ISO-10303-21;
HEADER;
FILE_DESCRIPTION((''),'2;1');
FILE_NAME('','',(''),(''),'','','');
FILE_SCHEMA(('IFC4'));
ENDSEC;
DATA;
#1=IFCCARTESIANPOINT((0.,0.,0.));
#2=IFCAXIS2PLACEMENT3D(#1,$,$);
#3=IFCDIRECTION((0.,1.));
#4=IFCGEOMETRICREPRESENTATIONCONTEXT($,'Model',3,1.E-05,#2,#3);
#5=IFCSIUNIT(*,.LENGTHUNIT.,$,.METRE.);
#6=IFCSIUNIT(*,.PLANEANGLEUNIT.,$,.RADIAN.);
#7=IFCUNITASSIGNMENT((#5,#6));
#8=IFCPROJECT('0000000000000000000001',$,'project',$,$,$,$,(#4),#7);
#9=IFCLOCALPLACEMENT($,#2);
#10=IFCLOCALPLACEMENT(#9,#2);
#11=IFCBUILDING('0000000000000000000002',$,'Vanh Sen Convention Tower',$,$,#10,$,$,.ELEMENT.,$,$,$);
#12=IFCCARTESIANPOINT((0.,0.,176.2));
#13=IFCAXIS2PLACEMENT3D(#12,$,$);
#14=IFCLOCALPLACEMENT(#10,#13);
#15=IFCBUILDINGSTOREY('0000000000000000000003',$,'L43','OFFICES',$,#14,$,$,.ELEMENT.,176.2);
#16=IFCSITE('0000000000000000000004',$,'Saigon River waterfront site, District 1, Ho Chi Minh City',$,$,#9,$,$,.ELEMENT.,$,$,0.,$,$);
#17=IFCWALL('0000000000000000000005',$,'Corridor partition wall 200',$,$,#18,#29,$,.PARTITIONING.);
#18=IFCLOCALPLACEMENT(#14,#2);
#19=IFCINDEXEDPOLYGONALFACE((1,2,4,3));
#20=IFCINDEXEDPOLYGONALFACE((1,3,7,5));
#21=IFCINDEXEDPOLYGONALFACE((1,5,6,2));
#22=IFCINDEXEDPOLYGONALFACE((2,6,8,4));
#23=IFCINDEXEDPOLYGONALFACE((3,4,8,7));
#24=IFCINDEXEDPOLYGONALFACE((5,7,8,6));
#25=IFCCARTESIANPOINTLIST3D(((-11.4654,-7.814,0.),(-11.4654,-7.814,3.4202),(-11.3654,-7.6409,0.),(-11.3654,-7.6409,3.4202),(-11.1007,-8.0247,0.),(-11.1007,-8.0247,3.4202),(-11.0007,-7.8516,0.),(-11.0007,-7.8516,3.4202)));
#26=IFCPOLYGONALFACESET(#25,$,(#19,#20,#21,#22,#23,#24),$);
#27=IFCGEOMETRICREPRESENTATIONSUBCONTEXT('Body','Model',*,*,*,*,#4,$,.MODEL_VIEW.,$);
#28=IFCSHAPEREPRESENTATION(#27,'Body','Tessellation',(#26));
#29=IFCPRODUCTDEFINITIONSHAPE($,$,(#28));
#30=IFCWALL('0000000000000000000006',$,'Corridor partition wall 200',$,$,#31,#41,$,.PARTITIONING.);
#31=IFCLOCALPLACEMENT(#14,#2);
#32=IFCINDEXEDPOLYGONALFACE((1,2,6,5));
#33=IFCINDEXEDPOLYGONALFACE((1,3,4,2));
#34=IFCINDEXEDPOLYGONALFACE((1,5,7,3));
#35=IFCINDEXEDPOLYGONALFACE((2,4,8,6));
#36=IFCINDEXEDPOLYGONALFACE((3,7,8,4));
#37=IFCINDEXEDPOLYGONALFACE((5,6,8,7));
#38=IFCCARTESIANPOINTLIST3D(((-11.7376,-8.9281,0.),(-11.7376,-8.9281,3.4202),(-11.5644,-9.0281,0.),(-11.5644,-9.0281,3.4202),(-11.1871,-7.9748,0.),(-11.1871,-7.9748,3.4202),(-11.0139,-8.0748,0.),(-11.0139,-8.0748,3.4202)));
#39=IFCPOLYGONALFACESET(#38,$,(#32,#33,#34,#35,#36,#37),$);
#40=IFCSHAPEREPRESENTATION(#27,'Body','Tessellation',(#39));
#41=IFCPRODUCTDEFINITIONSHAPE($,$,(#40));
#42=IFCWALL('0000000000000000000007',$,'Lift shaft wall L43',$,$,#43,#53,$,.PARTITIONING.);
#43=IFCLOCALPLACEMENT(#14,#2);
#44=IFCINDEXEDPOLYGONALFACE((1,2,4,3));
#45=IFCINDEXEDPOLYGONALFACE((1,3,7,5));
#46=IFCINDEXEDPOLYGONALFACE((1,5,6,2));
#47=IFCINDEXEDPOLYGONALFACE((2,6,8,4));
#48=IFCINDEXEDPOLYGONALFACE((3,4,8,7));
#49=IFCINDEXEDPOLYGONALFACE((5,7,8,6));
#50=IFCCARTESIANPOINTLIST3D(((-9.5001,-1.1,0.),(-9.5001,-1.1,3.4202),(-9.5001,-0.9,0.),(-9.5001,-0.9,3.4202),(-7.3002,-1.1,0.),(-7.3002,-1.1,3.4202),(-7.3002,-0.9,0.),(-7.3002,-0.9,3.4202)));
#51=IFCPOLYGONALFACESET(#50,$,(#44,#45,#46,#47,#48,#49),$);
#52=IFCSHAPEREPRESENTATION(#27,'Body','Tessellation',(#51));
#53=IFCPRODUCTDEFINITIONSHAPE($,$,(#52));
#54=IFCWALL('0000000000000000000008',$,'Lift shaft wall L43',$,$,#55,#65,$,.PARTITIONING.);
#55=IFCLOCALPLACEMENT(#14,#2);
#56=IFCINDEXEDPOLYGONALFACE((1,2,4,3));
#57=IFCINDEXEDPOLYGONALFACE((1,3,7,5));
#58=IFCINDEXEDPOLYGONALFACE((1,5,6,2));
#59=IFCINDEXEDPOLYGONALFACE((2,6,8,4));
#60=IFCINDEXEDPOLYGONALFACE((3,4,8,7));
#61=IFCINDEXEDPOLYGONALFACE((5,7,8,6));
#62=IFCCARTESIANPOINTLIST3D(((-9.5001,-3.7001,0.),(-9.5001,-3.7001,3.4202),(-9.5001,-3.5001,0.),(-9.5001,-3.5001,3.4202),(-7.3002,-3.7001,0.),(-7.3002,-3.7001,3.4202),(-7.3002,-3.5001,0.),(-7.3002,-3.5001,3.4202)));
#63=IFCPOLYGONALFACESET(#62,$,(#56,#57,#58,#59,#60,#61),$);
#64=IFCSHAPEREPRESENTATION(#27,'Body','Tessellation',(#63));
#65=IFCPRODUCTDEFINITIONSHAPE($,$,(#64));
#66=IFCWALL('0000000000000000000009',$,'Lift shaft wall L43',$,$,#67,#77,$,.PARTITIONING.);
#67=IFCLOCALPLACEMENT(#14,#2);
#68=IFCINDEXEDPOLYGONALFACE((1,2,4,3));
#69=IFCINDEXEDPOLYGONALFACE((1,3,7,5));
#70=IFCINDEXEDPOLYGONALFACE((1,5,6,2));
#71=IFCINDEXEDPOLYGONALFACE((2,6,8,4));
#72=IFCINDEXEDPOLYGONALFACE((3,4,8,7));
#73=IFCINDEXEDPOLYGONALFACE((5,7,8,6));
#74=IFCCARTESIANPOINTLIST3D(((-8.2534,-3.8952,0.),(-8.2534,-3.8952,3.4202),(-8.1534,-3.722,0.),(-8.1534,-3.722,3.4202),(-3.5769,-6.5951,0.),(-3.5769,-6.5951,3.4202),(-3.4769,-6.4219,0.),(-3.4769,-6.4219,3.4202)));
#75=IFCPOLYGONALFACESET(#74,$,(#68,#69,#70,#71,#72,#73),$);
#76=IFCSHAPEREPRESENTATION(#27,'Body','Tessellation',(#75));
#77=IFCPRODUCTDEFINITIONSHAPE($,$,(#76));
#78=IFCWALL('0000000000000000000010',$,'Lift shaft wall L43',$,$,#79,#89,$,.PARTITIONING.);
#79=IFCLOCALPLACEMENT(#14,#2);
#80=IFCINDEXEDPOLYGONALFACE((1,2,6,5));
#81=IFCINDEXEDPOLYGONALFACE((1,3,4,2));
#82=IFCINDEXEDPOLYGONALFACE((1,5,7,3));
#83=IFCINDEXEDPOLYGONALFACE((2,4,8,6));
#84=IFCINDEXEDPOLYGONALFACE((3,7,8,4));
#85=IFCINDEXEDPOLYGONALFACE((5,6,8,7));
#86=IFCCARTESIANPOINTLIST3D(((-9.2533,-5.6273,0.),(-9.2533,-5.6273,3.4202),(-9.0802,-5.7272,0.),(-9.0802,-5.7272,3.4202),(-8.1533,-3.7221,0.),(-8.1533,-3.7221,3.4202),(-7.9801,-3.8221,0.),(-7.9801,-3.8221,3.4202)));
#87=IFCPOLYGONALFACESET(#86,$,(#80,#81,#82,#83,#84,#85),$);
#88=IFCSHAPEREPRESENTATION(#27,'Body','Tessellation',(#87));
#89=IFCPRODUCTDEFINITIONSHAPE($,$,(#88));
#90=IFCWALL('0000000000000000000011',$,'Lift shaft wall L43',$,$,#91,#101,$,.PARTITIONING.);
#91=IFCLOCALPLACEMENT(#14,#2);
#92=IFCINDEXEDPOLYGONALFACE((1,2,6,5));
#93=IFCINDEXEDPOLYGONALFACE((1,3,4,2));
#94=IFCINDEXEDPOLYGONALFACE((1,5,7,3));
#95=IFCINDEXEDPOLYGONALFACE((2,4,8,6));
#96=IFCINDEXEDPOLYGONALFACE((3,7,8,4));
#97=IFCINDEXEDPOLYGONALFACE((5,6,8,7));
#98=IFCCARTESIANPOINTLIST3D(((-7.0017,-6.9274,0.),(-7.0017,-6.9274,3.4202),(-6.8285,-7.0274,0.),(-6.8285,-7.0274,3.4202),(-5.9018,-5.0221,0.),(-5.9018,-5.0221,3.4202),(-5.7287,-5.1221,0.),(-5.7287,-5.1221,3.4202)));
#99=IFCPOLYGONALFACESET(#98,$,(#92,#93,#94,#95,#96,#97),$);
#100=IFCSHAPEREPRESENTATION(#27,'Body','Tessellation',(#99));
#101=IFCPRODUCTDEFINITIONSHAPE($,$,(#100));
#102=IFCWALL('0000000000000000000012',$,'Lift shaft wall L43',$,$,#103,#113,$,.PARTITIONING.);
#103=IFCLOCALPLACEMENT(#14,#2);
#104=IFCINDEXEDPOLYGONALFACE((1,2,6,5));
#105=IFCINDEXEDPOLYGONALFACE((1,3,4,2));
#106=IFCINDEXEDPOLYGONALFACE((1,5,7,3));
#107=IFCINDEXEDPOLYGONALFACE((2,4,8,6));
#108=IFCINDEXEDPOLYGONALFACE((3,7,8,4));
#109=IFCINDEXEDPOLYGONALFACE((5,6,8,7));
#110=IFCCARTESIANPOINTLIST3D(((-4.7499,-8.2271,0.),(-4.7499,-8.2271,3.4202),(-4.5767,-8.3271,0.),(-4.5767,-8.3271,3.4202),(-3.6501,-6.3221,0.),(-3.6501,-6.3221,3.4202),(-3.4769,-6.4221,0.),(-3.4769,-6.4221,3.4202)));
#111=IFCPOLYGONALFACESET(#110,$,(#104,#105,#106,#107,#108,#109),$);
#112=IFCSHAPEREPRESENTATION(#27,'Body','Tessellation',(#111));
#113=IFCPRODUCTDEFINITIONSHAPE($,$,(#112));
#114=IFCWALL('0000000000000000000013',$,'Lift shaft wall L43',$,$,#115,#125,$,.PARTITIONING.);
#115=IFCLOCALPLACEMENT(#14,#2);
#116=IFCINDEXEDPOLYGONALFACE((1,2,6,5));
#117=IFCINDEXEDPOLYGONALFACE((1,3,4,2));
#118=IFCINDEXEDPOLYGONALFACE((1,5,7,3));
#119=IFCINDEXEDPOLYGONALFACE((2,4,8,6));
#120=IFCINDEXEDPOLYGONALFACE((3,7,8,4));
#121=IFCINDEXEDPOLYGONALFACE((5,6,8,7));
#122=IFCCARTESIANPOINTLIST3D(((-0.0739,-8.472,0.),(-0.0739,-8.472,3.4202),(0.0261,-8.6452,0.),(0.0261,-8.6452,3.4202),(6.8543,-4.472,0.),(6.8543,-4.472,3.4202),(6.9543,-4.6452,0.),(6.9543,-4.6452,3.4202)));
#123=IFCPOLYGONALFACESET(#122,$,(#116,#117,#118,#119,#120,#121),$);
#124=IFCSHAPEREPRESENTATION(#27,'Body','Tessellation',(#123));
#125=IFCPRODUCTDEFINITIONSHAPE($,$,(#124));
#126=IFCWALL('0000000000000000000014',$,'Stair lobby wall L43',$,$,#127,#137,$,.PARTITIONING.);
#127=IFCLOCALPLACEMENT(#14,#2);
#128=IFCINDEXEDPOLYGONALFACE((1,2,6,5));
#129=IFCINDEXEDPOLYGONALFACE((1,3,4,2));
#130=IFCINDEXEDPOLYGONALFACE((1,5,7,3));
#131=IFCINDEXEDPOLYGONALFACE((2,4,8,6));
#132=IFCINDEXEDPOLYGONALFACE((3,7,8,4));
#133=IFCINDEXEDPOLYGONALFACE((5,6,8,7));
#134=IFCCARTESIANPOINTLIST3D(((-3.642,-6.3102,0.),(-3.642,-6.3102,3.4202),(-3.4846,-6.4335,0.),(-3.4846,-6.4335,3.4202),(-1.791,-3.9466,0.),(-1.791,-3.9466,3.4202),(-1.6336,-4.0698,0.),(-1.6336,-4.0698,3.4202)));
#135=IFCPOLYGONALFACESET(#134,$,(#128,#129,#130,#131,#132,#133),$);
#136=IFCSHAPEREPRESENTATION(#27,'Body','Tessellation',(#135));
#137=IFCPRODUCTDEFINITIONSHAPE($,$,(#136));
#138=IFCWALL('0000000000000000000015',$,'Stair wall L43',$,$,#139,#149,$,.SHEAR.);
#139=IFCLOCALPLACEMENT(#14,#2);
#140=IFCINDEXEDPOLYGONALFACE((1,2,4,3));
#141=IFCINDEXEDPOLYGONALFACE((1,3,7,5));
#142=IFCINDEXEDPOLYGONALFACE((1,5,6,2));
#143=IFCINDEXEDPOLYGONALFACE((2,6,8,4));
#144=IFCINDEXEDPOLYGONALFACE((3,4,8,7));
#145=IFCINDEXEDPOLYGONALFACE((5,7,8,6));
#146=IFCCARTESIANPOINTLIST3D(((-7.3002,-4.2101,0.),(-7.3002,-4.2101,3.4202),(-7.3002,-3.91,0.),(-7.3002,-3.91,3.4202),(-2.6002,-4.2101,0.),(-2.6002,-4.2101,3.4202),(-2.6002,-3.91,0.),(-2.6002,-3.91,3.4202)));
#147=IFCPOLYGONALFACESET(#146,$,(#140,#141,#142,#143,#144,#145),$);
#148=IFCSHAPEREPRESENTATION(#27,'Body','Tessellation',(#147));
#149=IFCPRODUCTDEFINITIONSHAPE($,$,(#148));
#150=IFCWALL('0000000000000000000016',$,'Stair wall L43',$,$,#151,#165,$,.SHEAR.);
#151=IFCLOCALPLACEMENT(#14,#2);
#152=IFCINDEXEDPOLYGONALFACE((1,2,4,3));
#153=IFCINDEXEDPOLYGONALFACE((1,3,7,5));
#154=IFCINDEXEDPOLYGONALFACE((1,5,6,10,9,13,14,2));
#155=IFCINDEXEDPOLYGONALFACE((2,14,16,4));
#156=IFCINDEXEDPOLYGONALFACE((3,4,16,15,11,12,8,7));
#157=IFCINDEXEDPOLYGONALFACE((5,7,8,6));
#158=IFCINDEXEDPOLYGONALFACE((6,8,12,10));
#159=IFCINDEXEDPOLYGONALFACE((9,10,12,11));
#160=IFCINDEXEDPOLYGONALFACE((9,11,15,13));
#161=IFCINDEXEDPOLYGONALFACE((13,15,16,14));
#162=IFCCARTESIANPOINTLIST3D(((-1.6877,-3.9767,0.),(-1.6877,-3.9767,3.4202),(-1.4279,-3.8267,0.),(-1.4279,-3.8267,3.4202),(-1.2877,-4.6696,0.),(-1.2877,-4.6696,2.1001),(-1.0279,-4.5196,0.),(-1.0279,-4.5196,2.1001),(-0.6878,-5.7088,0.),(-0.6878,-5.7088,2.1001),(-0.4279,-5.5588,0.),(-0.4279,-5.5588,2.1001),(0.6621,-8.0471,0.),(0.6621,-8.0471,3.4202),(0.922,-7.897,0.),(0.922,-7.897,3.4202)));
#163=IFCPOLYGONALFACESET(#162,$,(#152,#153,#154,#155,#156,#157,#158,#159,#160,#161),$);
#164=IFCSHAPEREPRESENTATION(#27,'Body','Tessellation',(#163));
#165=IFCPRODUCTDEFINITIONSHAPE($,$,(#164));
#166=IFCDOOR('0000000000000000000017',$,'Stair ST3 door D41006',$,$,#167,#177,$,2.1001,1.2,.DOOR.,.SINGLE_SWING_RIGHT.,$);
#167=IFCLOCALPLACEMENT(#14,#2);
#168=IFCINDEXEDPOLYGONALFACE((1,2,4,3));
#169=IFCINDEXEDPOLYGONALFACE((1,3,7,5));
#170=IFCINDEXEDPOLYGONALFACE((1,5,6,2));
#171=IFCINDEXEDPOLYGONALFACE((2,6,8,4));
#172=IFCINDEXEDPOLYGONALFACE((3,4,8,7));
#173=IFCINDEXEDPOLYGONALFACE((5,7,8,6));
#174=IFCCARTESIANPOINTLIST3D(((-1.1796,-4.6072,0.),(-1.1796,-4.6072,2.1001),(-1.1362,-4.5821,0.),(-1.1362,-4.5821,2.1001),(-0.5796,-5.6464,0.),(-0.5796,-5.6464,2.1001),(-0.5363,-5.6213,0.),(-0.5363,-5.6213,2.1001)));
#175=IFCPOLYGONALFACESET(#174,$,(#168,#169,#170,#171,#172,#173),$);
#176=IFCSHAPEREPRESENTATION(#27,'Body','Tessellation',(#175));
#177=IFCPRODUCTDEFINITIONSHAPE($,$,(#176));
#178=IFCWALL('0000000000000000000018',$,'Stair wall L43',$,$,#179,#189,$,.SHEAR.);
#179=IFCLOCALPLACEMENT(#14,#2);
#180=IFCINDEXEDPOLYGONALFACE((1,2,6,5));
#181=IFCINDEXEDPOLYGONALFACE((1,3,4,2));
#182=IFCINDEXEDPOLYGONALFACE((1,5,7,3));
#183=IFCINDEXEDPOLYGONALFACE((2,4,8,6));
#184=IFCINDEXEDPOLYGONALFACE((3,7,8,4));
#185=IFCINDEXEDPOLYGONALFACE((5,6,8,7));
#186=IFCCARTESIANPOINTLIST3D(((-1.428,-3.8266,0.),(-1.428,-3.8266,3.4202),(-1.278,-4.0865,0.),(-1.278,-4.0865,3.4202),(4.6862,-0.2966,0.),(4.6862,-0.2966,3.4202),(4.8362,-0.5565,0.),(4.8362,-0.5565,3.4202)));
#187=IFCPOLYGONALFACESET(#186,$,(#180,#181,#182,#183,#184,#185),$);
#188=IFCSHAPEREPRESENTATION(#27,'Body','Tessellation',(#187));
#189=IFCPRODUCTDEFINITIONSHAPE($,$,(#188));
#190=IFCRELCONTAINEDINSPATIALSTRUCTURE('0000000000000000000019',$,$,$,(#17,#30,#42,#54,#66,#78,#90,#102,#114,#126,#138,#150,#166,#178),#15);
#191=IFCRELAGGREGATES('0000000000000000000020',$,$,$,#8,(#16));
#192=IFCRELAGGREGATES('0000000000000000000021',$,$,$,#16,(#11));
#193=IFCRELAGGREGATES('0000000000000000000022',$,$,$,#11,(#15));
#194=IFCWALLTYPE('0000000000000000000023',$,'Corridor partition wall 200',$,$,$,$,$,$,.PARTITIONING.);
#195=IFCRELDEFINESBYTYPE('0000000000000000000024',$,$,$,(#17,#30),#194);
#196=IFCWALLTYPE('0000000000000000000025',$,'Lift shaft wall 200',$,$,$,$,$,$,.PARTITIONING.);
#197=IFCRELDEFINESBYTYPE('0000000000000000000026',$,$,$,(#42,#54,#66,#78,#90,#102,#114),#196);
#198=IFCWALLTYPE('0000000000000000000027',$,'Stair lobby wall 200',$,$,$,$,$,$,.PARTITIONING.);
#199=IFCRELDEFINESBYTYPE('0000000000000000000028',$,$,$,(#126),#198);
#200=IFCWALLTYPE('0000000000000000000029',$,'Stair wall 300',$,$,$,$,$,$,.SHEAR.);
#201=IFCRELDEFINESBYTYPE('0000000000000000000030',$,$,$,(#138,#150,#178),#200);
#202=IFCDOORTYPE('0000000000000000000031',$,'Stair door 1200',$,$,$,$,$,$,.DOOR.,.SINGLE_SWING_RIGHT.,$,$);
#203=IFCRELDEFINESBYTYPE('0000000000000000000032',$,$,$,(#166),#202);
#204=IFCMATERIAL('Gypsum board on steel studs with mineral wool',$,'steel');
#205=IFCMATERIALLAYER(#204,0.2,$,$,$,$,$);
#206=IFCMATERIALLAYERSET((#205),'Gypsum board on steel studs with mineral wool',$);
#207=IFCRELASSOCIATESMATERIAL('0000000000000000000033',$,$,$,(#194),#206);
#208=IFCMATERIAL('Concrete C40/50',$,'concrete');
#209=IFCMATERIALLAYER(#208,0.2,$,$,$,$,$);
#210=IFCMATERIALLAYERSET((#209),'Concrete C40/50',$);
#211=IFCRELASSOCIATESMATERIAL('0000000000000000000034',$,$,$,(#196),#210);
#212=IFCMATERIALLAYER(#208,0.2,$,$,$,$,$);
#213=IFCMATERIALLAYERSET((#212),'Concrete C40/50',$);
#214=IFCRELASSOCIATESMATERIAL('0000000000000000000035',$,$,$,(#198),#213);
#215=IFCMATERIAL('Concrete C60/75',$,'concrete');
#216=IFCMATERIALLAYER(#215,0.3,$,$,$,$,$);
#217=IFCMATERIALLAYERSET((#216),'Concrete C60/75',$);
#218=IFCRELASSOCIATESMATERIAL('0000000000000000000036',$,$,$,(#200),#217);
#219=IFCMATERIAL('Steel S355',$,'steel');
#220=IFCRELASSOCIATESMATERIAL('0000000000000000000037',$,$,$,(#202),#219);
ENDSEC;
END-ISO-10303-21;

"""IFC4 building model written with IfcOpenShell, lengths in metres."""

from ifc_helpers import new_model, si_unit, direction, frame, frame_2d, origin, place, context, subcontext, project, spatial, rectangle, extrude, material, layer, layer_set, type_object, element, fill, save


model = new_model("IFC4")

# Units and contexts
model_context = context("Model", 3, precision=1e-05, world=origin(), true_north=direction((0.0, 1.0)))
body_context = subcontext(model_context, "Body", "Model", "MODEL_VIEW")
ifc_project = project(units=[si_unit("LENGTHUNIT", "METRE"), si_unit("PLANEANGLEUNIT", "RADIAN")], contexts=[model_context])

# Site, building, storey
site_placement = place(None, origin())
site = spatial("IfcSite", under=ifc_project, at=site_placement, Name="Saigon River waterfront site, District 1, Ho Chi Minh City", CompositionType="ELEMENT", RefElevation=0.0)
building_placement = place(site_placement, origin())
building = spatial("IfcBuilding", under=site, at=building_placement, Name="Vanh Sen Convention Tower", CompositionType="ELEMENT")
storey_placement = place(building_placement, frame((0.0, 0.0, 176.2)))
storey = spatial("IfcBuildingStorey", under=building, at=storey_placement, Name="L43", Description="OFFICES", CompositionType="ELEMENT", Elevation=176.2)

# Shared definitions
ifc_material_1 = material(Name="Concrete C40/50", Category="concrete")

# Shared definitions
ifc_material_2 = material(Name="Steel S355", Category="steel")

# Walls
ifc_material_3 = material(Name="Gypsum board on steel studs with mineral wool", Category="steel")
ifc_layer_1 = layer(ifc_material_3, 0.2)
ifc_layer_set_1 = layer_set([ifc_layer_1], Name="Gypsum board on steel studs with mineral wool")
wall_type_1 = type_object("IfcWallType", Name="Corridor partition wall 200", PredefinedType="PARTITIONING", material=ifc_layer_set_1)
wall_1_placement = place(storey_placement, frame((-11.4153, -7.7275, 0.0), z_axis=(0.0, 0.0, 1.0), x_axis=(0.865915, -0.500191, 0.0)))
element("IfcWall", 1, at=wall_1_placement, inside=storey, type_object=wall_type_1, Name="Corridor partition wall 200", PredefinedType="PARTITIONING", context=body_context, shape_type="SweptSolid", body=[
    extrude(rectangle(XDim=0.4211, YDim=0.2, at=frame_2d((0.2104, 0.0))), origin(), (0.0, 0.0, 1.0), 3.4202),
])
wall_2_placement = place(storey_placement, frame((-11.1006, -8.0249, 0.0), z_axis=(0.0, 0.0, 1.0), x_axis=(-0.500074, -0.865982, 0.0)))
element("IfcWall", 2, at=wall_2_placement, inside=storey, type_object=wall_type_1, Name="Corridor partition wall 200", PredefinedType="PARTITIONING", context=body_context, shape_type="SweptSolid", body=[
    extrude(rectangle(XDim=1.1008, YDim=0.2, at=frame_2d((0.5503, 0.0))), origin(), (0.0, 0.0, 1.0), 3.4202),
])
ifc_layer_2 = layer(ifc_material_1, 0.2)
ifc_layer_set_2 = layer_set([ifc_layer_2], Name="Concrete C40/50")
wall_type_2 = type_object("IfcWallType", Name="Lift shaft wall 200", PredefinedType="PARTITIONING", material=ifc_layer_set_2)
for number, where, z_axis, x_axis, name in (
    (3, (-7.3, -1.0, 0.0), (0.0, 0.0, 1.0), (-1.0, 0.0, 0.0), "Lift shaft wall L43"),
    (4, (-7.3, -3.6001, 0.0), (0.0, 0.0, 1.0), (-1.0, 0.0, 0.0), "Lift shaft wall L43"),
):
    element("IfcWall", number, at=place(storey_placement, frame(where, z_axis=z_axis, x_axis=x_axis)), inside=storey, type_object=wall_type_2, Name=name, PredefinedType="PARTITIONING", context=body_context, shape_type="SweptSolid", body=[
        extrude(rectangle(XDim=2.2, YDim=0.2, at=frame_2d((1.1001, 0.0))), origin(), (0.0, 0.0, 1.0), 3.4202),
    ])
wall_3_placement = place(storey_placement, frame((-8.2034, -3.8086, 0.0), z_axis=(0.0, 0.0, 1.0), x_axis=(0.866028, -0.499995, 0.0)))
element("IfcWall", 5, at=wall_3_placement, inside=storey, type_object=wall_type_2, Name="Lift shaft wall L43", PredefinedType="PARTITIONING", context=body_context, shape_type="SweptSolid", body=[
    extrude(rectangle(XDim=5.3999, YDim=0.2, at=frame_2d((2.7, 0.0))), origin(), (0.0, 0.0, 1.0), 3.4202),
])
for number, where, z_axis, x_axis, name in (
    (6, (-8.0667, -3.772, 0.0), (0.0, 0.0, 1.0), (-0.50003, -0.866008, 0.0), "Lift shaft wall L43"),
    (7, (-5.8152, -5.072, 0.0), (0.0, 0.0, 1.0), (-0.499947, -0.866056, 0.0), "Lift shaft wall L43"),
):
    element("IfcWall", number, at=place(storey_placement, frame(where, z_axis=z_axis, x_axis=x_axis)), inside=storey, type_object=wall_type_2, Name=name, PredefinedType="PARTITIONING", context=body_context, shape_type="SweptSolid", body=[
        extrude(rectangle(XDim=2.2, YDim=0.2, at=frame_2d((1.1001, 0.0))), origin(), (0.0, 0.0, 1.0), 3.4202),
    ])
wall_4_placement = place(storey_placement, frame((-3.5635, -6.3721, 0.0), z_axis=(0.0, 0.0, 1.0), x_axis=(-0.499995, -0.866028, 0.0)))
element("IfcWall", 8, at=wall_4_placement, inside=storey, type_object=wall_type_2, Name="Lift shaft wall L43", PredefinedType="PARTITIONING", context=body_context, shape_type="SweptSolid", body=[
    extrude(rectangle(XDim=2.1997, YDim=0.2, at=frame_2d((1.0999, 0.0))), origin(), (0.0, 0.0, 1.0), 3.4202),
])
wall_5_placement = place(storey_placement, frame((-0.0239, -8.5586, 0.0), z_axis=(0.0, 0.0, 1.0), x_axis=(0.866026, 0.499999, 0.0)))
element("IfcWall", 9, at=wall_5_placement, inside=storey, type_object=wall_type_2, Name="Lift shaft wall L43", PredefinedType="PARTITIONING", context=body_context, shape_type="SweptSolid", body=[
    extrude(rectangle(XDim=8.0, YDim=0.2, at=frame_2d((4.0, 0.0))), origin(), (0.0, 0.0, 1.0), 3.4202),
])
ifc_layer_3 = layer(ifc_material_1, 0.2)
ifc_layer_set_3 = layer_set([ifc_layer_3], Name="Concrete C40/50")
wall_type_3 = type_object("IfcWallType", Name="Stair lobby wall 200", PredefinedType="PARTITIONING", material=ifc_layer_set_3)
wall_6_placement = place(storey_placement, frame((-1.7124, -4.0083, 0.0), z_axis=(0.0, 0.0, 1.0), x_axis=(-0.616549, -0.787316, 0.0)))
element("IfcWall", 10, at=wall_6_placement, inside=storey, type_object=wall_type_3, Name="Stair lobby wall L43", PredefinedType="PARTITIONING", context=body_context, shape_type="SweptSolid", body=[
    extrude(rectangle(XDim=3.0022, YDim=0.2, at=frame_2d((1.501, 0.0))), origin(), (0.0, 0.0, 1.0), 3.4202),
])
ifc_material_4 = material(Name="Concrete C60/75", Category="concrete")
ifc_layer_4 = layer(ifc_material_4, 0.3)
ifc_layer_set_4 = layer_set([ifc_layer_4], Name="Concrete C60/75")
wall_type_4 = type_object("IfcWallType", Name="Stair wall 300", PredefinedType="SHEAR", material=ifc_layer_set_4)
wall_7_placement = place(storey_placement, frame((-2.6001, -4.0601, 0.0), z_axis=(0.0, 0.0, 1.0), x_axis=(-1.0, 0.0, 0.0)))
element("IfcWall", 11, at=wall_7_placement, inside=storey, type_object=wall_type_4, Name="Stair wall L43", PredefinedType="SHEAR", context=body_context, shape_type="SweptSolid", body=[
    extrude(rectangle(XDim=4.7, YDim=0.3, at=frame_2d((2.3501, 0.0))), origin(), (0.0, 0.0, 1.0), 3.4202),
])

# Wall, opening, door
wall_8_placement = place(storey_placement, frame((-1.5579, -3.9016, 0.0), z_axis=(0.0, 0.0, 1.0), x_axis=(0.499977, -0.866039, 0.0)))
wall_8 = element("IfcWall", 12, at=wall_8_placement, inside=storey, type_object=wall_type_4, Name="Stair wall L43", PredefinedType="SHEAR", context=body_context, shape_type="SweptSolid", body=[
    extrude(rectangle(XDim=4.7, YDim=0.3, at=frame_2d((2.3501, 0.0))), origin(), (0.0, 0.0, 1.0), 3.4202),
])
opening_1_placement = place(wall_8_placement, frame((0.8, 0.0, 0.0)))
opening_1 = element("IfcOpeningElement", 13, at=opening_1_placement, cuts=wall_8, PredefinedType="OPENING", context=body_context, shape_type="SweptSolid", body=[
    extrude(rectangle(XDim=1.2, YDim=2.1001, at=frame_2d((0.6001, 1.05))), frame((0.0, 0.1599, 0.0), z_axis=(0.0, -1.0, 0.0), x_axis=(1.0, 0.0, 0.0)), (0.0, 0.0, 1.0), 0.3201),
])
door_type_1 = type_object("IfcDoorType", Name="Stair door 1200", OperationType="SINGLE_SWING_RIGHT", PredefinedType="DOOR", material=ifc_material_2)
door_1_placement = place(opening_1_placement, origin())
door_1 = element("IfcDoor", 14, at=door_1_placement, inside=storey, type_object=door_type_1, Name="Stair ST3 door D41006", OperationType="SINGLE_SWING_RIGHT", OverallHeight=2.1001, OverallWidth=1.2, PredefinedType="DOOR", context=body_context, shape_type="SweptSolid", body=[
    extrude(rectangle(XDim=1.2, YDim=2.1001, at=frame_2d((0.6001, 1.05))), frame((0.0, 0.0249, 0.0), z_axis=(0.0, -1.0, 0.0), x_axis=(1.0, 0.0, 0.0)), (0.0, 0.0, 1.0), 0.05),
])
fill(opening_1, door_1)

# Wall
wall_9_placement = place(storey_placement, frame((-1.353, -3.9565, 0.0), z_axis=(0.0, 0.0, 1.0), x_axis=(0.866028, 0.499996, 0.0)))
element("IfcWall", 15, at=wall_9_placement, inside=storey, type_object=wall_type_4, Name="Stair wall L43", PredefinedType="SHEAR", context=body_context, shape_type="SweptSolid", body=[
    extrude(rectangle(XDim=7.0601, YDim=0.3, at=frame_2d((3.53, 0.0))), origin(), (0.0, 0.0, 1.0), 3.4202),
])

save(model, "model.ifc")
